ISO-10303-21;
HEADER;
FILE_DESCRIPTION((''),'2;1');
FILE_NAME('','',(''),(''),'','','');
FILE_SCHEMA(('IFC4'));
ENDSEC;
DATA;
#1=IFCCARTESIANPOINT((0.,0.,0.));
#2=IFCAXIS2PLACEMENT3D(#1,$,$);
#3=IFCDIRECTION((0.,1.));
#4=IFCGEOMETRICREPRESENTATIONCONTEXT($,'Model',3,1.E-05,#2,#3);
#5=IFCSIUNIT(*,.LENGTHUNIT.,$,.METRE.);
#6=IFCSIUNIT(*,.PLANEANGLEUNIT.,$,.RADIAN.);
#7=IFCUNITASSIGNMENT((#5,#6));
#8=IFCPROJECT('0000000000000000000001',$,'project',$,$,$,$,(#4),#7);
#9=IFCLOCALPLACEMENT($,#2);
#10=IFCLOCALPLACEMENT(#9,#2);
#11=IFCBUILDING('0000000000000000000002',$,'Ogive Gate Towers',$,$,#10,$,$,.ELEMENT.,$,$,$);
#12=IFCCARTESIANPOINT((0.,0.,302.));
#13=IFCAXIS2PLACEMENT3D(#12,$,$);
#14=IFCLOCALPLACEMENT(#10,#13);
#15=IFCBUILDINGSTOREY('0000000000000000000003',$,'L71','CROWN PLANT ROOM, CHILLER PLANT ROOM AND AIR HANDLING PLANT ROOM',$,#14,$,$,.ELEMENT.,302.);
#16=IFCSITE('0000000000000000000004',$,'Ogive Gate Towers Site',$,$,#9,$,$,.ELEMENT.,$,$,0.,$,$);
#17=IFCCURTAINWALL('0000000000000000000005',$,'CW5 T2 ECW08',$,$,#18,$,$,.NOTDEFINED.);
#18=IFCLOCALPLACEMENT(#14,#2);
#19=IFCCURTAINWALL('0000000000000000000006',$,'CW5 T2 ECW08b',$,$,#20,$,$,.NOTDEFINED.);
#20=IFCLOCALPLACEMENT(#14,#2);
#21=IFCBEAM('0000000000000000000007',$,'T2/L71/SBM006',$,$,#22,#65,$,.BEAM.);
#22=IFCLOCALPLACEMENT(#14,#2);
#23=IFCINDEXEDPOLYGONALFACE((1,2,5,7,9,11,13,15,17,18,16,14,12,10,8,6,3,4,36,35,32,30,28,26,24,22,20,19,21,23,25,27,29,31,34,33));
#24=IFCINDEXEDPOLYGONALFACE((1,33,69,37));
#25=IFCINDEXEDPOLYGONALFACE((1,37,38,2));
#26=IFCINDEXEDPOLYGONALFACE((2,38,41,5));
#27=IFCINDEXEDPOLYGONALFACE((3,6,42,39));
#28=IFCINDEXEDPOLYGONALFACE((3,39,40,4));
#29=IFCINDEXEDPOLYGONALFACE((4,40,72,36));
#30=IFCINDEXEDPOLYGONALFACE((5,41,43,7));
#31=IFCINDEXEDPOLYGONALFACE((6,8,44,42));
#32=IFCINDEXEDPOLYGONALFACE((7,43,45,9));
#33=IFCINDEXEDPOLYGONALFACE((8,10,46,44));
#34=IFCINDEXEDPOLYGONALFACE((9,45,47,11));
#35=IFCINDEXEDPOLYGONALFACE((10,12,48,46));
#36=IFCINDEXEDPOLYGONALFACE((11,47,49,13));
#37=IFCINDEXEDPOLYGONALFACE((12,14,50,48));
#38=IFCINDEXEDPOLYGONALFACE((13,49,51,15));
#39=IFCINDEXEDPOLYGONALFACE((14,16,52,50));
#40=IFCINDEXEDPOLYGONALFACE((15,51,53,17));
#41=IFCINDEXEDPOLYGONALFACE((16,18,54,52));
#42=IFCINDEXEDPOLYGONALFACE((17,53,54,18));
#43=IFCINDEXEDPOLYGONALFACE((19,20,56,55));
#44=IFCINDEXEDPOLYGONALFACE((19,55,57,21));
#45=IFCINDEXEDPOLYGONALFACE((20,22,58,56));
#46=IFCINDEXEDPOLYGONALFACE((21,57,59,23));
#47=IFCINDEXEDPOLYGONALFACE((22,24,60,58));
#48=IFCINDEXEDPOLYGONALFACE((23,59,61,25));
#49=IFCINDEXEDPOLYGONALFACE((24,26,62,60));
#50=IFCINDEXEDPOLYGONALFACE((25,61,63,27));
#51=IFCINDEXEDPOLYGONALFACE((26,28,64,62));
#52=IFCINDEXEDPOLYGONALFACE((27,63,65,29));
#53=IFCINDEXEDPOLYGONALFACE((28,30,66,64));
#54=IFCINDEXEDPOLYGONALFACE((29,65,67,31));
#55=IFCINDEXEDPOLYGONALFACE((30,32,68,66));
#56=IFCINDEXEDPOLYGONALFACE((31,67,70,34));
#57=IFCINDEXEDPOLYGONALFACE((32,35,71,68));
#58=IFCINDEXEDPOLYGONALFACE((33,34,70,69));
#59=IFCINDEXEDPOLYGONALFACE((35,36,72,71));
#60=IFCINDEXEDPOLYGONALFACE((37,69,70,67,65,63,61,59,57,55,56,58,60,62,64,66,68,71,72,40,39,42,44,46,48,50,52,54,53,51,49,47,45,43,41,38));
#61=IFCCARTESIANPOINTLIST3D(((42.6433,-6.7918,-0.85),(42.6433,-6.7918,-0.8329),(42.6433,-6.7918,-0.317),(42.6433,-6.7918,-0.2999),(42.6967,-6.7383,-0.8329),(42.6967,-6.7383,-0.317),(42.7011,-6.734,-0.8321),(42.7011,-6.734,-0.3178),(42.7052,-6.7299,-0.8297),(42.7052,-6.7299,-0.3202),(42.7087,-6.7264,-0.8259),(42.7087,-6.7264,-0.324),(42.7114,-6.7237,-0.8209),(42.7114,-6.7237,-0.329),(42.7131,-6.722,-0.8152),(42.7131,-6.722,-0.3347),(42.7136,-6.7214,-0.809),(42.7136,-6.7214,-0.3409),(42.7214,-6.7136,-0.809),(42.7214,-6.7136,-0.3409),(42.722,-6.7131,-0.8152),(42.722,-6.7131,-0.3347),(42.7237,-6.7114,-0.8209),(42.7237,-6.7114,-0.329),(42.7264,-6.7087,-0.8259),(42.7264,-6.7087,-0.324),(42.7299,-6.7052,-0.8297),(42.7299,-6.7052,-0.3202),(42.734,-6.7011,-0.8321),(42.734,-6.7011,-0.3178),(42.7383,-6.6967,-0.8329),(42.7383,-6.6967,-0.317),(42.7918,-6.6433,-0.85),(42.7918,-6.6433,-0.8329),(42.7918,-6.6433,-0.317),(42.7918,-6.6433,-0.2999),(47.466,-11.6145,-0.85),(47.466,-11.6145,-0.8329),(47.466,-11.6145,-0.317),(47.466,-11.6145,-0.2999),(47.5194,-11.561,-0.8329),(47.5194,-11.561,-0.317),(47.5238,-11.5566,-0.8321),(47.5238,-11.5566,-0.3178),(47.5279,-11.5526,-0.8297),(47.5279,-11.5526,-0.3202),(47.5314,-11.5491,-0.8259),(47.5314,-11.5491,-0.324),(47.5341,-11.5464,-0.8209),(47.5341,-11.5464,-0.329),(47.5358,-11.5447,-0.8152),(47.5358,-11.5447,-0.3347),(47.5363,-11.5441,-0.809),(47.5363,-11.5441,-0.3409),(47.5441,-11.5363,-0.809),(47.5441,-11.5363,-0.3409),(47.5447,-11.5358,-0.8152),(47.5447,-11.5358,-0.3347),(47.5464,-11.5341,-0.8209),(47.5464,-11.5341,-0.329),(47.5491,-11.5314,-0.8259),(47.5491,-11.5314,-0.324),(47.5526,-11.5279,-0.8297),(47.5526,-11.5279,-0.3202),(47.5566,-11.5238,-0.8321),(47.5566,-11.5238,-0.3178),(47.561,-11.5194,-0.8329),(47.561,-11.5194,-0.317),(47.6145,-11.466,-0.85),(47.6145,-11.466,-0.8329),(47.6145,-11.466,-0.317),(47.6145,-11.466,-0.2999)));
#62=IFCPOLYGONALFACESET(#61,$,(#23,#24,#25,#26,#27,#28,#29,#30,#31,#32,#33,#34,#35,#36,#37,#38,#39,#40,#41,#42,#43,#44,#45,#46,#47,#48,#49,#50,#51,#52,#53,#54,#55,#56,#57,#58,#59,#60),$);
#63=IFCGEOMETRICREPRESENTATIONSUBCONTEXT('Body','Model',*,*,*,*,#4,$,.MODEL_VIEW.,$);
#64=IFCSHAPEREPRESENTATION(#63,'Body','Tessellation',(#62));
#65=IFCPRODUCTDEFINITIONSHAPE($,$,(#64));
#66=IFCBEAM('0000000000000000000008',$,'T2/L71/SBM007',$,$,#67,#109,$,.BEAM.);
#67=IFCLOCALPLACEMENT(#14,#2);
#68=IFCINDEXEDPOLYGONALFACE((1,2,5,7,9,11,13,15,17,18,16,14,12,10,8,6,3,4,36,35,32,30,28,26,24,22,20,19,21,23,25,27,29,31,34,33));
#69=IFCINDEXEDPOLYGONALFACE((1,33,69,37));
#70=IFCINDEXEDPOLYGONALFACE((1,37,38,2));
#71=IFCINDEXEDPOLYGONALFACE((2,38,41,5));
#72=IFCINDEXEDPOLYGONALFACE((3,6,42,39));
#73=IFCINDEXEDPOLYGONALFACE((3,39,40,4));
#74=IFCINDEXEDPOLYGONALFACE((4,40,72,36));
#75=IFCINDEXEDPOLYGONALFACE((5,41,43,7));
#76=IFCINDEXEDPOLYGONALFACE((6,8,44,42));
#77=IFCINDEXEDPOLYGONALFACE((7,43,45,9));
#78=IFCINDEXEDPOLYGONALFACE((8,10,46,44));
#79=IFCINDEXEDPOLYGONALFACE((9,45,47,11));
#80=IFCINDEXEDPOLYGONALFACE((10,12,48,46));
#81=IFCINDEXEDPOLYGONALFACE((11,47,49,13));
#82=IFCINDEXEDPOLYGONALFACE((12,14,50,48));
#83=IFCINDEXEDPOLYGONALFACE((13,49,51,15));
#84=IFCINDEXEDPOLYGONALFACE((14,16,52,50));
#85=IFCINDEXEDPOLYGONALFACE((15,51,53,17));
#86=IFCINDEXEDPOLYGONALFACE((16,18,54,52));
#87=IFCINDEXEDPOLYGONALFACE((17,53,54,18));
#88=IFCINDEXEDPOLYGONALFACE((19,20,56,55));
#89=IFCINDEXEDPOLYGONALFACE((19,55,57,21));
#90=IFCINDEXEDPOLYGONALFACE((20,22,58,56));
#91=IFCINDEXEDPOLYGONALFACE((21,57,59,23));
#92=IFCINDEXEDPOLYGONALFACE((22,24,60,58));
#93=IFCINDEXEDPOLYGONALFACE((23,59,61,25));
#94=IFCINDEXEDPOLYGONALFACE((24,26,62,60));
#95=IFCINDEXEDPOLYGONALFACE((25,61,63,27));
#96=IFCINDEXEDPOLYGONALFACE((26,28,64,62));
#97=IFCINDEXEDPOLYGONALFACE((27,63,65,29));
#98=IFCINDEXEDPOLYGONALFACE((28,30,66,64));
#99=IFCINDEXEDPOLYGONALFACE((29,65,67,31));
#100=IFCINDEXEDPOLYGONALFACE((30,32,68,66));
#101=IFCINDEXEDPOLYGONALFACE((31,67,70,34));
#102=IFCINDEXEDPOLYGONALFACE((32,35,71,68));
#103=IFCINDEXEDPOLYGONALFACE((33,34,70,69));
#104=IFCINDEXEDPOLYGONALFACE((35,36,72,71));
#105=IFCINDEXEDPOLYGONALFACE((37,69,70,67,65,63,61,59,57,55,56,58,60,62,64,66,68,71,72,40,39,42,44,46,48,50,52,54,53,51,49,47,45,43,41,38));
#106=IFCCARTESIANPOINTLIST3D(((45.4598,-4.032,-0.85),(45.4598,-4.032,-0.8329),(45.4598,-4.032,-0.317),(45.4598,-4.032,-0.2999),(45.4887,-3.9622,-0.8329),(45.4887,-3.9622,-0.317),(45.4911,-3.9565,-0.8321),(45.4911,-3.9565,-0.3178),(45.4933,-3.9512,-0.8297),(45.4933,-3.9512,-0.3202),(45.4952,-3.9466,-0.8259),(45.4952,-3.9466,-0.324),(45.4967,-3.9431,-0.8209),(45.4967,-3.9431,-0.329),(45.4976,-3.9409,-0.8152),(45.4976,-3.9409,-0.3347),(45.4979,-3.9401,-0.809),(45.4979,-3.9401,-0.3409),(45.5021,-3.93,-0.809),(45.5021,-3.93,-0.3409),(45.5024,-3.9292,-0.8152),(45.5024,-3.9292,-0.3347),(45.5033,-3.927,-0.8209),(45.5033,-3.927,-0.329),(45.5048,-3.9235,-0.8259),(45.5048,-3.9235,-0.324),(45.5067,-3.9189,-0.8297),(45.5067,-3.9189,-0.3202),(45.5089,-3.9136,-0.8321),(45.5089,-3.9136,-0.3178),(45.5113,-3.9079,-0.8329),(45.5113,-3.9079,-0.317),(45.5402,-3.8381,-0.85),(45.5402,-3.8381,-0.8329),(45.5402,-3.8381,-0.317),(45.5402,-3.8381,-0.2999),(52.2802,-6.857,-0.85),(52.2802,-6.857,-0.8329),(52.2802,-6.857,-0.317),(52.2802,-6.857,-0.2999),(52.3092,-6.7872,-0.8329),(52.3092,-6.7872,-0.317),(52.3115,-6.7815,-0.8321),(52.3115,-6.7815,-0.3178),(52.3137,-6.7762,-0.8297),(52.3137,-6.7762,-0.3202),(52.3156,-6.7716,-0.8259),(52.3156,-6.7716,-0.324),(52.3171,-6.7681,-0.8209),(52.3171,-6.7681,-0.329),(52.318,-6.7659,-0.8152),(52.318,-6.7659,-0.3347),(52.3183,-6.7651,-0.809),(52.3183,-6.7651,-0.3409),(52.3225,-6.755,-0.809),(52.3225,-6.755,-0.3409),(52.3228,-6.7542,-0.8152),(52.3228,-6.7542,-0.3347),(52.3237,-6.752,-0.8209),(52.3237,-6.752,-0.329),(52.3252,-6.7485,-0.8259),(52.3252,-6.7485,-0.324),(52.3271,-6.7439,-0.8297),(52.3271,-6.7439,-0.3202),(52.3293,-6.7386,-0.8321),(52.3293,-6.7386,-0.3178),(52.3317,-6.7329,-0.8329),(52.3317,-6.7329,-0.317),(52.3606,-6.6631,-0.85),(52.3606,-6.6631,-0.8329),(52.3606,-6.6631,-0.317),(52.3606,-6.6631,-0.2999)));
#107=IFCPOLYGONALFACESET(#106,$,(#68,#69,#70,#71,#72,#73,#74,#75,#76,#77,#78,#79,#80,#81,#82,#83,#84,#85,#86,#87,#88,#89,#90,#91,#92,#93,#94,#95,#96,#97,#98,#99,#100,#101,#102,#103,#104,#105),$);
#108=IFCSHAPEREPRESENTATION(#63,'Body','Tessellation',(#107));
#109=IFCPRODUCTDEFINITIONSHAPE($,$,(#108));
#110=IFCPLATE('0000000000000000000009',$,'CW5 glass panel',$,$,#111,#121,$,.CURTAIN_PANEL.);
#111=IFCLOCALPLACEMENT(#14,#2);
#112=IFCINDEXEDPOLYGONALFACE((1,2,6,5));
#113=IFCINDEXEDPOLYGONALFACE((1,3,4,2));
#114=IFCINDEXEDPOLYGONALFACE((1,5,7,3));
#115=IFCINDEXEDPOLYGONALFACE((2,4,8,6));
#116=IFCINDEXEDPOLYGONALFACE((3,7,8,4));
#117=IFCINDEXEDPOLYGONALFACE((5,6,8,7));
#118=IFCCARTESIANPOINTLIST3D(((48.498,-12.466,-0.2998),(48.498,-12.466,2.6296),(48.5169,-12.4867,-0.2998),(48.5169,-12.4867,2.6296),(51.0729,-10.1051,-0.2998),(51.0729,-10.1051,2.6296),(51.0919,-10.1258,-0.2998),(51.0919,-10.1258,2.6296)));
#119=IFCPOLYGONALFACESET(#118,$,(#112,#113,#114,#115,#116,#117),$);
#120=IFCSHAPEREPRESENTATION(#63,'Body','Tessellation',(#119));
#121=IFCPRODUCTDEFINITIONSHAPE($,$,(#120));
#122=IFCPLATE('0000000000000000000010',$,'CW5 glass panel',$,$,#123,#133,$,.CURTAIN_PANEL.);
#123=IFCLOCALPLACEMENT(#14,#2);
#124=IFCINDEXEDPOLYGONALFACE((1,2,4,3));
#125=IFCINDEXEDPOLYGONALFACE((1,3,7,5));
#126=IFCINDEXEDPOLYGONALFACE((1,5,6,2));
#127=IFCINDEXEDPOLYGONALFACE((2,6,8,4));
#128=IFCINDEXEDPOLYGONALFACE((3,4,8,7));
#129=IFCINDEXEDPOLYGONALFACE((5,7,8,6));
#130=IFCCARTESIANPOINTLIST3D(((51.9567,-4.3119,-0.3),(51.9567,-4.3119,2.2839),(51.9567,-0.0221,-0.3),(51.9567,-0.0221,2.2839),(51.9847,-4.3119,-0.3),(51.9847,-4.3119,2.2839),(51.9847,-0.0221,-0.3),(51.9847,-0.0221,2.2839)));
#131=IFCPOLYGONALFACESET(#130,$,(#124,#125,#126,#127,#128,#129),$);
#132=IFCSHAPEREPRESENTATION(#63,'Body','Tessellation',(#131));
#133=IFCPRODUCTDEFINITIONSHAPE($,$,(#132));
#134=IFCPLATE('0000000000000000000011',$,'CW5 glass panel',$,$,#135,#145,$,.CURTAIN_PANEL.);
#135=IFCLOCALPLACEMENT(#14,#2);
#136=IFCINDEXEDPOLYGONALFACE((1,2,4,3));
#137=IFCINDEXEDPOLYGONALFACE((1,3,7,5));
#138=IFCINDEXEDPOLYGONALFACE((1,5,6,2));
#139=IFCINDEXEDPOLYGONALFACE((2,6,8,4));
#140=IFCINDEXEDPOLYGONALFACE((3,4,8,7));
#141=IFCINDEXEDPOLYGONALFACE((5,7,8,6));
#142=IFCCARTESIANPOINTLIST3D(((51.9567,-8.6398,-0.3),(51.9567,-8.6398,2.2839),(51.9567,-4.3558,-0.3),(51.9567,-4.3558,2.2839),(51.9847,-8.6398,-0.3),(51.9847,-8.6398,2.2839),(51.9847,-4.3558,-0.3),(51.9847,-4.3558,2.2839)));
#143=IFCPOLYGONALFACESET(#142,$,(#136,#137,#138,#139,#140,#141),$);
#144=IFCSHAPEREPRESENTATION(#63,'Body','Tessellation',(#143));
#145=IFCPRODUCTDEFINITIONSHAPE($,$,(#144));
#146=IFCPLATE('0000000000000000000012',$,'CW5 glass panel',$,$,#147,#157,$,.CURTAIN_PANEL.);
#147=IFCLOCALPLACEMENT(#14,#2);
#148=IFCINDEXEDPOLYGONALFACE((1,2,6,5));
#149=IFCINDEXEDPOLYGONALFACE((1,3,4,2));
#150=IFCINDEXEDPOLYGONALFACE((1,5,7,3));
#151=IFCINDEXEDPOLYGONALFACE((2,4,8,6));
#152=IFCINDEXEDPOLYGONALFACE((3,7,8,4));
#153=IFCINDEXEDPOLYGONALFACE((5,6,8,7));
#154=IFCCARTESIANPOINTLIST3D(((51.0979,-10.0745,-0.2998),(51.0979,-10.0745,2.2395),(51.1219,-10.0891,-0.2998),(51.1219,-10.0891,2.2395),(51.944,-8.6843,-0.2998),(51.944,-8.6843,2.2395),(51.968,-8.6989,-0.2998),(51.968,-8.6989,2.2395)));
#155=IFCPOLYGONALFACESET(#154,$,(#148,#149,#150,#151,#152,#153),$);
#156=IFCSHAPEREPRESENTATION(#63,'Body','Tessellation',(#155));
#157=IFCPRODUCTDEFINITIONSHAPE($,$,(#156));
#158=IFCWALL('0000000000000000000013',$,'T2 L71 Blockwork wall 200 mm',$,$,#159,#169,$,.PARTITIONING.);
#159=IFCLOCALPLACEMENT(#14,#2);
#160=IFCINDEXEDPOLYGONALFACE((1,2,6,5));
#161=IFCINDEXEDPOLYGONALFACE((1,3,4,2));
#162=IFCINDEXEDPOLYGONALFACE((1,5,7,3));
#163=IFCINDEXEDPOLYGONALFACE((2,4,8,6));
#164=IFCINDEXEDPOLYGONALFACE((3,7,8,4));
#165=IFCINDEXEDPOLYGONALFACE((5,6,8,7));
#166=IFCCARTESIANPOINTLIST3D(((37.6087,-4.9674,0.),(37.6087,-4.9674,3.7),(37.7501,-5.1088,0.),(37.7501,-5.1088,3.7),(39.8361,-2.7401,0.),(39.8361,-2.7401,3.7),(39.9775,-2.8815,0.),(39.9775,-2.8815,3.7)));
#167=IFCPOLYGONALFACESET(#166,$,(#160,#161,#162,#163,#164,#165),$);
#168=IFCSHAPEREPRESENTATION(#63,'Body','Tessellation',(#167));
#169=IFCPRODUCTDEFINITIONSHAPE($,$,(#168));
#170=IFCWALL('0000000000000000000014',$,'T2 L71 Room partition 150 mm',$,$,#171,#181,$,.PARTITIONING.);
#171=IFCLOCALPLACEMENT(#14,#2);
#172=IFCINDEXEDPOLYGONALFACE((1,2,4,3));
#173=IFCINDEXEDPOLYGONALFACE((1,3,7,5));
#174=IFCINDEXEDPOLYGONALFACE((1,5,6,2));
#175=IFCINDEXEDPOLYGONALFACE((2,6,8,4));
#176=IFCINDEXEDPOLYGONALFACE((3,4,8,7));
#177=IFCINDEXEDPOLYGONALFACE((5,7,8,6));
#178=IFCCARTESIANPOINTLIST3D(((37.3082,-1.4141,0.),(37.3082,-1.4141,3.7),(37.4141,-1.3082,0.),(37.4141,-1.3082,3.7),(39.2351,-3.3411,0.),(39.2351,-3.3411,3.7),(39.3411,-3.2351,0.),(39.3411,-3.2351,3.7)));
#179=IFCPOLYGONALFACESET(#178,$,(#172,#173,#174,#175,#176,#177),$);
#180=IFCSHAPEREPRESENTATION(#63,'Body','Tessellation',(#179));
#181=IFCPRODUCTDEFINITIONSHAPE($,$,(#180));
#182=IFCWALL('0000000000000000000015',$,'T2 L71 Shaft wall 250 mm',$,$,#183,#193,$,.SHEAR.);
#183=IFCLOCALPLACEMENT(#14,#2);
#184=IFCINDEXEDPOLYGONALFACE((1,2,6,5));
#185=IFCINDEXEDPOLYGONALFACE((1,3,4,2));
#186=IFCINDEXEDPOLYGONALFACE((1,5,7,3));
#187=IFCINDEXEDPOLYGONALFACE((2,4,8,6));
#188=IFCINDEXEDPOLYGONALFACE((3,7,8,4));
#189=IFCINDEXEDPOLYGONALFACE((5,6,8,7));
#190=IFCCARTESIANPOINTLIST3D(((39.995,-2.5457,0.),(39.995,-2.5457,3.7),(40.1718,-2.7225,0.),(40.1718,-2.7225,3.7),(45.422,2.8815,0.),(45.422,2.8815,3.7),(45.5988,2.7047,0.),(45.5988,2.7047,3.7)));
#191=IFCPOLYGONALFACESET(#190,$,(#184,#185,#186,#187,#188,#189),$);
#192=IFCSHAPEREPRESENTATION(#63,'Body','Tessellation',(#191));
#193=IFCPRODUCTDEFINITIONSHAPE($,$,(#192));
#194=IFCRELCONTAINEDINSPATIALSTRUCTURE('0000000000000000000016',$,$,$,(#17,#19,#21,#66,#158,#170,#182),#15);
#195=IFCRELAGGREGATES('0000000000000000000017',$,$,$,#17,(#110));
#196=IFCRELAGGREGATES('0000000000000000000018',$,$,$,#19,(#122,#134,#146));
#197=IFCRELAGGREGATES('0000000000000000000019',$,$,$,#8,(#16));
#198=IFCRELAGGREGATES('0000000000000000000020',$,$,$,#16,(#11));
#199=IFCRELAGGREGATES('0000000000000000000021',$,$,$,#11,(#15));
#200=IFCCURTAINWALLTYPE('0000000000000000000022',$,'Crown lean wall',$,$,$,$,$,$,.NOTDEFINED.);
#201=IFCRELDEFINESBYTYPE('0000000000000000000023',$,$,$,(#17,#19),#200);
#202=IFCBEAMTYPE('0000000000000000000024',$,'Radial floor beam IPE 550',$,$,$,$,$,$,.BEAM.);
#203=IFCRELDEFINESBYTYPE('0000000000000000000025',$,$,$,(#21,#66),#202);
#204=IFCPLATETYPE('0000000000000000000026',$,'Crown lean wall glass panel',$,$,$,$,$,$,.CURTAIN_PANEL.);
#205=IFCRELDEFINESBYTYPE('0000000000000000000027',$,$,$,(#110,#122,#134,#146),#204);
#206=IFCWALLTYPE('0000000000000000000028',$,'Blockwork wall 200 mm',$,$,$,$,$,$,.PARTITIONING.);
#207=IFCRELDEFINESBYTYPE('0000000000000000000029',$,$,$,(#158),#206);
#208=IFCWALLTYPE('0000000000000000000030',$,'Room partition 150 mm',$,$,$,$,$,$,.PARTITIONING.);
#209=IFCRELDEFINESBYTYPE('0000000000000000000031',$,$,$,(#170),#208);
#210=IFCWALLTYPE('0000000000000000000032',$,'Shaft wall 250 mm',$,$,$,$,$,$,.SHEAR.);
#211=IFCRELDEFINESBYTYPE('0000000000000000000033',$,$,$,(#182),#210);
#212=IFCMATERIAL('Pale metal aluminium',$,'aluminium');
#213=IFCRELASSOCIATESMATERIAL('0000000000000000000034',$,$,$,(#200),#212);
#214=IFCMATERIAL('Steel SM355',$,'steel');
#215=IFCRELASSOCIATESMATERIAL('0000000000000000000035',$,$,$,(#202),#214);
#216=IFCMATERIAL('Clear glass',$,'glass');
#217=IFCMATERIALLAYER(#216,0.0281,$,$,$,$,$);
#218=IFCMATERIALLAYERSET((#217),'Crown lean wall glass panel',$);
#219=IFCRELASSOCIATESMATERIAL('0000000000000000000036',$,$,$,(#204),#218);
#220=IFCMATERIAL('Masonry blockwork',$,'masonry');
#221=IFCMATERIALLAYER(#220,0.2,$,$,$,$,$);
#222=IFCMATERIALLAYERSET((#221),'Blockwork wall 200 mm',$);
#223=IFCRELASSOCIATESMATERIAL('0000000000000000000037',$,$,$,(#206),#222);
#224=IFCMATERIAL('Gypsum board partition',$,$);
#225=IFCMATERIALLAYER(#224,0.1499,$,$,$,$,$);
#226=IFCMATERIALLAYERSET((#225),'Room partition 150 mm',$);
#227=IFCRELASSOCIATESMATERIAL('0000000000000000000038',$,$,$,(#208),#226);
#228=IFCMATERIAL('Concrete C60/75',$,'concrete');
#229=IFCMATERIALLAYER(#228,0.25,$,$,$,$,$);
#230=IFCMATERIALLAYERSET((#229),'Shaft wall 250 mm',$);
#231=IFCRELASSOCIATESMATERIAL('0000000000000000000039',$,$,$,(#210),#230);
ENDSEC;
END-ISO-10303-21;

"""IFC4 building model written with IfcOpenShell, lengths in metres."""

from ifc_helpers import new_model, si_unit, direction, frame, frame_2d, origin, origin_2d, place, context, subcontext, project, spatial, rectangle, i_section, extrude, material, layer, layer_set, material_profile, profile_set, type_object, element, aggregate, save


model = new_model("IFC4")

# Units and contexts
model_context = context("Model", 3, precision=1e-05, world=origin(), true_north=direction((0.0, 1.0)))
body_context = subcontext(model_context, "Body", "Model", "MODEL_VIEW")
ifc_project = project(units=[si_unit("LENGTHUNIT", "METRE"), si_unit("PLANEANGLEUNIT", "RADIAN")], contexts=[model_context])

# Site, building, storey
site_placement = place(None, origin())
site = spatial("IfcSite", under=ifc_project, at=site_placement, Name="Ogive Gate Towers Site", CompositionType="ELEMENT", RefElevation=0.0)
building_placement = place(site_placement, origin())
building = spatial("IfcBuilding", under=site, at=building_placement, Name="Ogive Gate Towers", CompositionType="ELEMENT")
storey_placement = place(building_placement, frame((0.0, 0.0, 302.0)))
storey = spatial("IfcBuildingStorey", under=building, at=storey_placement, Name="L71", Description="CROWN PLANT ROOM, CHILLER PLANT ROOM AND AIR HANDLING PLANT ROOM", CompositionType="ELEMENT", Elevation=302.0)

# Curtain wall
ifc_material_1 = material(Name="Pale metal aluminium", Category="aluminium")
curtain_wall_type = type_object("IfcCurtainWallType", Name="Crown lean wall", PredefinedType="NOTDEFINED", material=ifc_material_1)
curtain_wall_1_placement = place(storey_placement, origin())
curtain_wall_1 = element("IfcCurtainWall", 1, at=curtain_wall_1_placement, inside=storey, type_object=curtain_wall_type, Name="CW5 T2 ECW08", PredefinedType="NOTDEFINED")

# Curtain wall
curtain_wall_2_placement = place(storey_placement, origin())
curtain_wall_2 = element("IfcCurtainWall", 2, at=curtain_wall_2_placement, inside=storey, type_object=curtain_wall_type, Name="CW5 T2 ECW08b", PredefinedType="NOTDEFINED")

# Beams
ifc_material_2 = material(Name="Steel SM355", Category="steel")
ifc_material_profile_1 = material_profile(ifc_material_2, i_section(OverallWidth=0.21, OverallDepth=0.55, WebThickness=0.011, FlangeThickness=0.0171, FilletRadius=0.0239, at=origin_2d()), Name="IPE 550")
ifc_profile_set_1 = profile_set([ifc_material_profile_1], Name="Steel SM355")
beam_type_1 = type_object("IfcBeamType", Name="Radial floor beam IPE 550", PredefinedType="BEAM", material=ifc_profile_set_1)
beam_1_placement = place(storey_placement, frame((42.7175, -6.7175, -0.575), z_axis=(0.707107, -0.707107, 0.0), x_axis=(0.707107, 0.707107, 0.0)))
element("IfcBeam", 3, at=beam_1_placement, inside=storey, type_object=beam_type_1, Name="T2/L71/SBM006", PredefinedType="BEAM", context=body_context, shape_type="SweptSolid", body=[
    extrude(i_section(OverallWidth=0.21, OverallDepth=0.55, WebThickness=0.011, FlangeThickness=0.0171, FilletRadius=0.0239, at=origin_2d()), origin(), (0.0, 0.0, 1.0), 6.8203),
])
beam_2_placement = place(storey_placement, frame((45.5, -3.9351, -0.575), z_axis=(0.923885, -0.38267, 0.0), x_axis=(0.38267, 0.923885, 0.0)))
element("IfcBeam", 4, at=beam_2_placement, inside=storey, type_object=beam_type_1, Name="T2/L71/SBM007", PredefinedType="BEAM", context=body_context, shape_type="SweptSolid", body=[
    extrude(i_section(OverallWidth=0.21, OverallDepth=0.55, WebThickness=0.011, FlangeThickness=0.0171, FilletRadius=0.0239, at=origin_2d()), origin(), (0.0, 0.0, 1.0), 7.3823),
])

# Plates
ifc_material_3 = material(Name="Clear glass", Category="glass")
ifc_layer_1 = layer(ifc_material_3, 0.0281)
ifc_layer_set_1 = layer_set([ifc_layer_1], Name="Crown lean wall glass panel")
plate_type = type_object("IfcPlateType", Name="Crown lean wall glass panel", PredefinedType="CURTAIN_PANEL", material=ifc_layer_set_1)
plate_1_placement = place(storey_placement, frame((49.7949, -11.2959, -0.2998), z_axis=(0.0, 0.0, 1.0), x_axis=(-0.737089, -0.675796, 0.0)))
plate_1 = element("IfcPlate", 5, at=plate_1_placement, type_object=plate_type, Name="CW5 glass panel", PredefinedType="CURTAIN_PANEL", context=body_context, shape_type="SweptSolid", body=[
    extrude(rectangle(XDim=3.4934, YDim=0.0281, at=origin_2d()), origin(), (0.0, 0.0, 1.0), 2.9294),
])
aggregate(curtain_wall_1, [plate_1])
plate_2_placement = place(storey_placement, frame((51.9707, -2.167, -0.3), z_axis=(0.0, 0.0, 1.0), x_axis=(0.0, -1.0, 0.0)))
plate_2 = element("IfcPlate", 6, at=plate_2_placement, type_object=plate_type, Name="CW5 glass panel", PredefinedType="CURTAIN_PANEL", context=body_context, shape_type="SweptSolid", body=[
    extrude(rectangle(XDim=4.2898, YDim=0.0281, at=origin_2d()), origin(), (0.0, 0.0, 1.0), 2.584),
])
plate_3_placement = place(storey_placement, frame((51.9707, -6.4978, -0.3), z_axis=(0.0, 0.0, 1.0), x_axis=(0.0, -1.0, 0.0)))
plate_3 = element("IfcPlate", 7, at=plate_3_placement, type_object=plate_type, Name="CW5 glass panel", PredefinedType="CURTAIN_PANEL", context=body_context, shape_type="SweptSolid", body=[
    extrude(rectangle(XDim=4.2839, YDim=0.0281, at=origin_2d()), origin(), (0.0, 0.0, 1.0), 2.584),
])
plate_4_placement = place(storey_placement, frame((51.533, -9.3867, -0.2998), z_axis=(0.0, 0.0, 1.0), x_axis=(-0.519907, -0.854223, 0.0)))
plate_4 = element("IfcPlate", 8, at=plate_4_placement, type_object=plate_type, Name="CW5 glass panel", PredefinedType="CURTAIN_PANEL", context=body_context, shape_type="SweptSolid", body=[
    extrude(rectangle(XDim=1.6274, YDim=0.0281, at=origin_2d()), origin(), (0.0, 0.0, 1.0), 2.5393),
])
aggregate(curtain_wall_2, [plate_2, plate_3, plate_4])

# Walls
ifc_material_4 = material(Name="Masonry blockwork", Category="masonry")
ifc_layer_2 = layer(ifc_material_4, 0.2)
ifc_layer_set_2 = layer_set([ifc_layer_2], Name="Blockwork wall 200 mm")
wall_type_1 = type_object("IfcWallType", Name="Blockwork wall 200 mm", PredefinedType="PARTITIONING", material=ifc_layer_set_2)
wall_1_placement = place(storey_placement, frame((37.6794, -5.0381, 0.0), z_axis=(0.0, 0.0, 1.0), x_axis=(0.707107, 0.707107, 0.0)))
element("IfcWall", 9, at=wall_1_placement, inside=storey, type_object=wall_type_1, Name="T2 L71 Blockwork wall 200 mm", PredefinedType="PARTITIONING", context=body_context, shape_type="SweptSolid", body=[
    extrude(rectangle(XDim=3.1499, YDim=0.2, at=frame_2d((1.575, 0.0))), origin(), (0.0, 0.0, 1.0), 3.7),
])
ifc_material_5 = material(Name="Gypsum board partition")
ifc_layer_3 = layer(ifc_material_5, 0.1499)
ifc_layer_set_3 = layer_set([ifc_layer_3], Name="Room partition 150 mm")
wall_type_2 = type_object("IfcWallType", Name="Room partition 150 mm", PredefinedType="PARTITIONING", material=ifc_layer_set_3)
wall_2_placement = place(storey_placement, frame((39.2881, -3.2881, 0.0), z_axis=(0.0, 0.0, 1.0), x_axis=(-0.707107, 0.707107, 0.0)))
element("IfcWall", 10, at=wall_2_placement, inside=storey, type_object=wall_type_2, Name="T2 L71 Room partition 150 mm", PredefinedType="PARTITIONING", context=body_context, shape_type="SweptSolid", body=[
    extrude(rectangle(XDim=2.7251, YDim=0.1499, at=frame_2d((1.3625, 0.0))), origin(), (0.0, 0.0, 1.0), 3.7),
])
ifc_material_6 = material(Name="Concrete C60/75", Category="concrete")
ifc_layer_4 = layer(ifc_material_6, 0.25)
ifc_layer_set_4 = layer_set([ifc_layer_4], Name="Shaft wall 250 mm")
wall_type_3 = type_object("IfcWallType", Name="Shaft wall 250 mm", PredefinedType="SHEAR", material=ifc_layer_set_4)
wall_3_placement = place(storey_placement, frame((40.0835, -2.634, 0.0), z_axis=(0.0, 0.0, 1.0), x_axis=(0.707091, 0.707123, 0.0)))
element("IfcWall", 11, at=wall_3_placement, inside=storey, type_object=wall_type_3, Name="T2 L71 Shaft wall 250 mm", PredefinedType="SHEAR", context=body_context, shape_type="SweptSolid", body=[
    extrude(rectangle(XDim=7.675, YDim=0.25, at=frame_2d((3.8374, 0.0))), origin(), (0.0, 0.0, 1.0), 3.7),
])

save(model, "model.ifc")
